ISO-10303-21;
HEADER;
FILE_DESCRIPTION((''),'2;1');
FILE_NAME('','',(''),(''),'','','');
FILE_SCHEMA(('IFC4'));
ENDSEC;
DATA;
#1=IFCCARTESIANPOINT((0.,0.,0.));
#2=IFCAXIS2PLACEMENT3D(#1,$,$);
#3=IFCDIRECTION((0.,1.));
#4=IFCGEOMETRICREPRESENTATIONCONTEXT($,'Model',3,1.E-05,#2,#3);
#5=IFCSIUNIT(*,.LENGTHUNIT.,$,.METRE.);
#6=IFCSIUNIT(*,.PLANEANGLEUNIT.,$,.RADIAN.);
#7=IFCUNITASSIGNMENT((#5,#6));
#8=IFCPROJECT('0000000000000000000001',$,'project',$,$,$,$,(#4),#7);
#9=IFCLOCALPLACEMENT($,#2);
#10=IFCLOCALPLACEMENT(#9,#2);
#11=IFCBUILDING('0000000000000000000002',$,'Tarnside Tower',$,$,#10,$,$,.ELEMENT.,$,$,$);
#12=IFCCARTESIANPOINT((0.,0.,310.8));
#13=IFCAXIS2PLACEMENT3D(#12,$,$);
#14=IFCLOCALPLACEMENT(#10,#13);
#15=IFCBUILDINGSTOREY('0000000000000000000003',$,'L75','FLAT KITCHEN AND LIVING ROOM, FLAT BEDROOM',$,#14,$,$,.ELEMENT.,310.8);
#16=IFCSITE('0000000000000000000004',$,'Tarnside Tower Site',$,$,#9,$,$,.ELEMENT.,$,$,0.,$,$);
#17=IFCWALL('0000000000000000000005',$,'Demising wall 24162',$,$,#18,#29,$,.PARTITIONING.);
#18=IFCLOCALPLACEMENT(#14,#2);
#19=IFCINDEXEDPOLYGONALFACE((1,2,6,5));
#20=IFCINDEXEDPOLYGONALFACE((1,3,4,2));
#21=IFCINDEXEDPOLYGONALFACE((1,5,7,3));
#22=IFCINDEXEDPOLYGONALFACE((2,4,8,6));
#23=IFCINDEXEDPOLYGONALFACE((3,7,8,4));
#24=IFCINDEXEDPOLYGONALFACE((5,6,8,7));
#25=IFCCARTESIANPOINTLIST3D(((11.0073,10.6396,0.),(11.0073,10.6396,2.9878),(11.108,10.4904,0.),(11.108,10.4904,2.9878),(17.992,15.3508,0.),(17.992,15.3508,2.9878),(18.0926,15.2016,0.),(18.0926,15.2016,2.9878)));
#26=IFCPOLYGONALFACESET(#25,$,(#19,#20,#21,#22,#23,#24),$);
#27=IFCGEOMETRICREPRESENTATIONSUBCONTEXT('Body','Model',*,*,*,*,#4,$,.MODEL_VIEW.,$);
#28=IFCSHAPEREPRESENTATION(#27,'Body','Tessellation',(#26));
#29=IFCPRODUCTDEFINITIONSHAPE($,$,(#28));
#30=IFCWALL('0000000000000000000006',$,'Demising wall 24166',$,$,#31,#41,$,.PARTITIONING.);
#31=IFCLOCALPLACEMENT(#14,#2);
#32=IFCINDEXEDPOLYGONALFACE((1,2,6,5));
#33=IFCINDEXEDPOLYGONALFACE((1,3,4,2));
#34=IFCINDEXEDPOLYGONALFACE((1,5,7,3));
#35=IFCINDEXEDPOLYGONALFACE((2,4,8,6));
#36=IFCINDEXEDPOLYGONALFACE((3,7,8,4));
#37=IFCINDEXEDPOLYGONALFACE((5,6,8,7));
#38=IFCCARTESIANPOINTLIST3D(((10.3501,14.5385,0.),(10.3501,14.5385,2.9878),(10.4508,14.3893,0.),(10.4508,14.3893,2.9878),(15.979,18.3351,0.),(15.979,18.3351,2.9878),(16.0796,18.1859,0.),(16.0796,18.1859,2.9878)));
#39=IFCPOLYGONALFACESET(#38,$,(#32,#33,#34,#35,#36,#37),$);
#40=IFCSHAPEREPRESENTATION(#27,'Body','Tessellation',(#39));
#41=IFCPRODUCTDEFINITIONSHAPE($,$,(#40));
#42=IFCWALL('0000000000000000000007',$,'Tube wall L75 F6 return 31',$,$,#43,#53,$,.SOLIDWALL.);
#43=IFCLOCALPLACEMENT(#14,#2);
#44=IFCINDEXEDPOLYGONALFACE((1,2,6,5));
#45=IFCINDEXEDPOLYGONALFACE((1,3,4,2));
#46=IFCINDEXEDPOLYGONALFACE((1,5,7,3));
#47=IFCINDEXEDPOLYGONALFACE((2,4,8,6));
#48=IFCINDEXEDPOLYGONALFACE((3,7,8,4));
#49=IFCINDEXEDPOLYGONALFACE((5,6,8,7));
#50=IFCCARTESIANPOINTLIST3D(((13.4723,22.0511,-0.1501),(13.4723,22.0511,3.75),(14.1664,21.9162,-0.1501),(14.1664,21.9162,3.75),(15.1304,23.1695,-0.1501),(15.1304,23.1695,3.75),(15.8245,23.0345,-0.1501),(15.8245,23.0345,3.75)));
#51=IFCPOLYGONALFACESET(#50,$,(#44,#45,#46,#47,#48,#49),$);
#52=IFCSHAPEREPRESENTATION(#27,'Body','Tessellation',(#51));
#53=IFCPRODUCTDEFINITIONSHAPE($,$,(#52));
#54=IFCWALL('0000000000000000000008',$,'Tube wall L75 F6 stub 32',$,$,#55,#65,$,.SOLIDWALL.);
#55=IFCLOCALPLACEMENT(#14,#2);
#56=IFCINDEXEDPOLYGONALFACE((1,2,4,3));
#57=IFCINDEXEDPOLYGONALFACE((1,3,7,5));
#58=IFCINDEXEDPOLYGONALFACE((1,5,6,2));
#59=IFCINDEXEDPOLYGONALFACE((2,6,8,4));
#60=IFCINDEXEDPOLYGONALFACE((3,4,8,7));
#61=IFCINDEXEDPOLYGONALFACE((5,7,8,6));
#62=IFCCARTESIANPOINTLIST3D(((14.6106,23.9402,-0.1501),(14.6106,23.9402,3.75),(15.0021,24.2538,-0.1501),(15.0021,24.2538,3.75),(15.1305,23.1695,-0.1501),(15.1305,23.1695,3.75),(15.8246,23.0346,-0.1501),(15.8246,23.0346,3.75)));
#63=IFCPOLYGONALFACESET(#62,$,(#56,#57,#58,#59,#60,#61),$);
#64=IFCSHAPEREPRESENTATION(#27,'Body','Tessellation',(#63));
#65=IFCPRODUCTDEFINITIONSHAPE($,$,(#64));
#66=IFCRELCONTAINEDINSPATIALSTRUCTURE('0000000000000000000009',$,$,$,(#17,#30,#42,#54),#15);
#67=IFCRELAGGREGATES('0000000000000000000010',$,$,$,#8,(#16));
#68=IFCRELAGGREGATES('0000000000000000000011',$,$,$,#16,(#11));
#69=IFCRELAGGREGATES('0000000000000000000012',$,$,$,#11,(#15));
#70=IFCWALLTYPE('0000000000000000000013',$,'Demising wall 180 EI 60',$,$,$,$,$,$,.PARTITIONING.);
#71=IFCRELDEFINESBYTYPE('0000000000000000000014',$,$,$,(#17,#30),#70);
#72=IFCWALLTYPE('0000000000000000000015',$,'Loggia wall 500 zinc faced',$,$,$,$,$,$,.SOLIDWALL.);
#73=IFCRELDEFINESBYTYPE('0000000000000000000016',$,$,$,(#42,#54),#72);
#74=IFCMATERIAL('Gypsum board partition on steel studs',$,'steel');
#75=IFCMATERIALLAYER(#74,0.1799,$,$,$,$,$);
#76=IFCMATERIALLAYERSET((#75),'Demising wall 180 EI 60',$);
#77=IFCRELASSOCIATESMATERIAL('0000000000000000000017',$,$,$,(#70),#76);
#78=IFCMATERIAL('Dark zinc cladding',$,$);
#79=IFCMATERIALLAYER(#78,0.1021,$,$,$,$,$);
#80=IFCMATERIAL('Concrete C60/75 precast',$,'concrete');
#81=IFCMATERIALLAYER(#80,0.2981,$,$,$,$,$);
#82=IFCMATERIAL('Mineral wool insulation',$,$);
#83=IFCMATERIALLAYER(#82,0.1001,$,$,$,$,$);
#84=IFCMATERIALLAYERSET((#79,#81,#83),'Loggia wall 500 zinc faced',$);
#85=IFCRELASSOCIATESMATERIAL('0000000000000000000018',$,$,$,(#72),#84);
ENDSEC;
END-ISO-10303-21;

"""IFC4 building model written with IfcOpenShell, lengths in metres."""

from ifc_helpers import new_model, si_unit, direction, frame, frame_2d, origin, place, context, subcontext, project, spatial, polyline, rectangle, outline, extrude, material, layer, layer_set, type_object, element, save


model = new_model("IFC4")

# Units and contexts
model_context = context("Model", 3, precision=1e-05, world=origin(), true_north=direction((0.0, 1.0)))
body_context = subcontext(model_context, "Body", "Model", "MODEL_VIEW")
ifc_project = project(units=[si_unit("LENGTHUNIT", "METRE"), si_unit("PLANEANGLEUNIT", "RADIAN")], contexts=[model_context])

# Site, building, storey
site_placement = place(None, origin())
site = spatial("IfcSite", under=ifc_project, at=site_placement, Name="Tarnside Tower Site", CompositionType="ELEMENT", RefElevation=0.0)
building_placement = place(site_placement, origin())
building = spatial("IfcBuilding", under=site, at=building_placement, Name="Tarnside Tower", CompositionType="ELEMENT")
storey_placement = place(building_placement, frame((0.0, 0.0, 310.8)))
storey = spatial("IfcBuildingStorey", under=building, at=storey_placement, Name="L75", Description="FLAT KITCHEN AND LIVING ROOM, FLAT BEDROOM", CompositionType="ELEMENT", Elevation=310.8)

# Walls
ifc_material_1 = material(Name="Gypsum board partition on steel studs", Category="steel")
ifc_layer_1 = layer(ifc_material_1, 0.1799)
ifc_layer_set_1 = layer_set([ifc_layer_1], Name="Demising wall 180 EI 60")
wall_type_1 = type_object("IfcWallType", Name="Demising wall 180 EI 60", PredefinedType="PARTITIONING", material=ifc_layer_set_1)
wall_1_placement = place(storey_placement, frame((18.0422, 15.2761, 0.0), z_axis=(0.0, 0.0, 1.0), x_axis=(-0.829038, -0.559193, 0.0)))
element("IfcWall", 1, at=wall_1_placement, inside=storey, type_object=wall_type_1, Name="Demising wall 24162", PredefinedType="PARTITIONING", context=body_context, shape_type="SweptSolid", body=[
    extrude(rectangle(XDim=8.425, YDim=0.1799, at=frame_2d((4.2124, 0.0))), origin(), (0.0, 0.0, 1.0), 2.9878),
])
wall_2_placement = place(storey_placement, frame((16.0293, 18.2605, 0.0), z_axis=(0.0, 0.0, 1.0), x_axis=(-0.829045, -0.559181, 0.0)))
element("IfcWall", 2, at=wall_2_placement, inside=storey, type_object=wall_type_1, Name="Demising wall 24166", PredefinedType="PARTITIONING", context=body_context, shape_type="SweptSolid", body=[
    extrude(rectangle(XDim=6.7896, YDim=0.1799, at=frame_2d((3.3948, 0.0))), origin(), (0.0, 0.0, 1.0), 2.9878),
])
ifc_material_2 = material(Name="Dark zinc cladding")
ifc_layer_2 = layer(ifc_material_2, 0.1021)
ifc_material_3 = material(Name="Concrete C60/75 precast", Category="concrete")
ifc_layer_3 = layer(ifc_material_3, 0.2981)
ifc_material_4 = material(Name="Mineral wool insulation")
ifc_layer_4 = layer(ifc_material_4, 0.1001)
ifc_layer_set_2 = layer_set([ifc_layer_2, ifc_layer_3, ifc_layer_4], Name="Loggia wall 500 zinc faced")
wall_type_2 = type_object("IfcWallType", Name="Loggia wall 500 zinc faced", PredefinedType="SOLIDWALL", material=ifc_layer_set_2)
wall_3_placement = place(storey_placement, frame((13.8193, 21.9836, -0.1501), z_axis=(0.0, 0.0, 1.0), x_axis=(0.829052, 0.559171, 0.0)))
element("IfcWall", 3, at=wall_3_placement, inside=storey, type_object=wall_type_2, Name="Tube wall L75 F6 return 31", PredefinedType="SOLIDWALL", context=body_context, shape_type="SweptSolid", body=[
    extrude(outline(polyline([(0.25, -0.25), (2.25, -0.25), (1.75, 0.25), (-0.25, 0.25), (0.25, -0.25)])), origin(), (0.0, 0.0, 1.0), 3.9001),
])
wall_4_placement = place(storey_placement, frame((15.4775, 23.1021, -0.1501), z_axis=(0.0, 0.0, 1.0), x_axis=(-0.559246, 0.829002, 0.0)))
element("IfcWall", 4, at=wall_4_placement, inside=storey, type_object=wall_type_2, Name="Tube wall L75 F6 stub 32", PredefinedType="SOLIDWALL", context=body_context, shape_type="SweptSolid", body=[
    extrude(outline(polyline([(-0.25, -0.25), (1.2207, -0.25), (1.1797, 0.25), (0.25, 0.25), (-0.25, -0.25)])), origin(), (0.0, 0.0, 1.0), 3.9001),
])

save(model, "model.ifc")
